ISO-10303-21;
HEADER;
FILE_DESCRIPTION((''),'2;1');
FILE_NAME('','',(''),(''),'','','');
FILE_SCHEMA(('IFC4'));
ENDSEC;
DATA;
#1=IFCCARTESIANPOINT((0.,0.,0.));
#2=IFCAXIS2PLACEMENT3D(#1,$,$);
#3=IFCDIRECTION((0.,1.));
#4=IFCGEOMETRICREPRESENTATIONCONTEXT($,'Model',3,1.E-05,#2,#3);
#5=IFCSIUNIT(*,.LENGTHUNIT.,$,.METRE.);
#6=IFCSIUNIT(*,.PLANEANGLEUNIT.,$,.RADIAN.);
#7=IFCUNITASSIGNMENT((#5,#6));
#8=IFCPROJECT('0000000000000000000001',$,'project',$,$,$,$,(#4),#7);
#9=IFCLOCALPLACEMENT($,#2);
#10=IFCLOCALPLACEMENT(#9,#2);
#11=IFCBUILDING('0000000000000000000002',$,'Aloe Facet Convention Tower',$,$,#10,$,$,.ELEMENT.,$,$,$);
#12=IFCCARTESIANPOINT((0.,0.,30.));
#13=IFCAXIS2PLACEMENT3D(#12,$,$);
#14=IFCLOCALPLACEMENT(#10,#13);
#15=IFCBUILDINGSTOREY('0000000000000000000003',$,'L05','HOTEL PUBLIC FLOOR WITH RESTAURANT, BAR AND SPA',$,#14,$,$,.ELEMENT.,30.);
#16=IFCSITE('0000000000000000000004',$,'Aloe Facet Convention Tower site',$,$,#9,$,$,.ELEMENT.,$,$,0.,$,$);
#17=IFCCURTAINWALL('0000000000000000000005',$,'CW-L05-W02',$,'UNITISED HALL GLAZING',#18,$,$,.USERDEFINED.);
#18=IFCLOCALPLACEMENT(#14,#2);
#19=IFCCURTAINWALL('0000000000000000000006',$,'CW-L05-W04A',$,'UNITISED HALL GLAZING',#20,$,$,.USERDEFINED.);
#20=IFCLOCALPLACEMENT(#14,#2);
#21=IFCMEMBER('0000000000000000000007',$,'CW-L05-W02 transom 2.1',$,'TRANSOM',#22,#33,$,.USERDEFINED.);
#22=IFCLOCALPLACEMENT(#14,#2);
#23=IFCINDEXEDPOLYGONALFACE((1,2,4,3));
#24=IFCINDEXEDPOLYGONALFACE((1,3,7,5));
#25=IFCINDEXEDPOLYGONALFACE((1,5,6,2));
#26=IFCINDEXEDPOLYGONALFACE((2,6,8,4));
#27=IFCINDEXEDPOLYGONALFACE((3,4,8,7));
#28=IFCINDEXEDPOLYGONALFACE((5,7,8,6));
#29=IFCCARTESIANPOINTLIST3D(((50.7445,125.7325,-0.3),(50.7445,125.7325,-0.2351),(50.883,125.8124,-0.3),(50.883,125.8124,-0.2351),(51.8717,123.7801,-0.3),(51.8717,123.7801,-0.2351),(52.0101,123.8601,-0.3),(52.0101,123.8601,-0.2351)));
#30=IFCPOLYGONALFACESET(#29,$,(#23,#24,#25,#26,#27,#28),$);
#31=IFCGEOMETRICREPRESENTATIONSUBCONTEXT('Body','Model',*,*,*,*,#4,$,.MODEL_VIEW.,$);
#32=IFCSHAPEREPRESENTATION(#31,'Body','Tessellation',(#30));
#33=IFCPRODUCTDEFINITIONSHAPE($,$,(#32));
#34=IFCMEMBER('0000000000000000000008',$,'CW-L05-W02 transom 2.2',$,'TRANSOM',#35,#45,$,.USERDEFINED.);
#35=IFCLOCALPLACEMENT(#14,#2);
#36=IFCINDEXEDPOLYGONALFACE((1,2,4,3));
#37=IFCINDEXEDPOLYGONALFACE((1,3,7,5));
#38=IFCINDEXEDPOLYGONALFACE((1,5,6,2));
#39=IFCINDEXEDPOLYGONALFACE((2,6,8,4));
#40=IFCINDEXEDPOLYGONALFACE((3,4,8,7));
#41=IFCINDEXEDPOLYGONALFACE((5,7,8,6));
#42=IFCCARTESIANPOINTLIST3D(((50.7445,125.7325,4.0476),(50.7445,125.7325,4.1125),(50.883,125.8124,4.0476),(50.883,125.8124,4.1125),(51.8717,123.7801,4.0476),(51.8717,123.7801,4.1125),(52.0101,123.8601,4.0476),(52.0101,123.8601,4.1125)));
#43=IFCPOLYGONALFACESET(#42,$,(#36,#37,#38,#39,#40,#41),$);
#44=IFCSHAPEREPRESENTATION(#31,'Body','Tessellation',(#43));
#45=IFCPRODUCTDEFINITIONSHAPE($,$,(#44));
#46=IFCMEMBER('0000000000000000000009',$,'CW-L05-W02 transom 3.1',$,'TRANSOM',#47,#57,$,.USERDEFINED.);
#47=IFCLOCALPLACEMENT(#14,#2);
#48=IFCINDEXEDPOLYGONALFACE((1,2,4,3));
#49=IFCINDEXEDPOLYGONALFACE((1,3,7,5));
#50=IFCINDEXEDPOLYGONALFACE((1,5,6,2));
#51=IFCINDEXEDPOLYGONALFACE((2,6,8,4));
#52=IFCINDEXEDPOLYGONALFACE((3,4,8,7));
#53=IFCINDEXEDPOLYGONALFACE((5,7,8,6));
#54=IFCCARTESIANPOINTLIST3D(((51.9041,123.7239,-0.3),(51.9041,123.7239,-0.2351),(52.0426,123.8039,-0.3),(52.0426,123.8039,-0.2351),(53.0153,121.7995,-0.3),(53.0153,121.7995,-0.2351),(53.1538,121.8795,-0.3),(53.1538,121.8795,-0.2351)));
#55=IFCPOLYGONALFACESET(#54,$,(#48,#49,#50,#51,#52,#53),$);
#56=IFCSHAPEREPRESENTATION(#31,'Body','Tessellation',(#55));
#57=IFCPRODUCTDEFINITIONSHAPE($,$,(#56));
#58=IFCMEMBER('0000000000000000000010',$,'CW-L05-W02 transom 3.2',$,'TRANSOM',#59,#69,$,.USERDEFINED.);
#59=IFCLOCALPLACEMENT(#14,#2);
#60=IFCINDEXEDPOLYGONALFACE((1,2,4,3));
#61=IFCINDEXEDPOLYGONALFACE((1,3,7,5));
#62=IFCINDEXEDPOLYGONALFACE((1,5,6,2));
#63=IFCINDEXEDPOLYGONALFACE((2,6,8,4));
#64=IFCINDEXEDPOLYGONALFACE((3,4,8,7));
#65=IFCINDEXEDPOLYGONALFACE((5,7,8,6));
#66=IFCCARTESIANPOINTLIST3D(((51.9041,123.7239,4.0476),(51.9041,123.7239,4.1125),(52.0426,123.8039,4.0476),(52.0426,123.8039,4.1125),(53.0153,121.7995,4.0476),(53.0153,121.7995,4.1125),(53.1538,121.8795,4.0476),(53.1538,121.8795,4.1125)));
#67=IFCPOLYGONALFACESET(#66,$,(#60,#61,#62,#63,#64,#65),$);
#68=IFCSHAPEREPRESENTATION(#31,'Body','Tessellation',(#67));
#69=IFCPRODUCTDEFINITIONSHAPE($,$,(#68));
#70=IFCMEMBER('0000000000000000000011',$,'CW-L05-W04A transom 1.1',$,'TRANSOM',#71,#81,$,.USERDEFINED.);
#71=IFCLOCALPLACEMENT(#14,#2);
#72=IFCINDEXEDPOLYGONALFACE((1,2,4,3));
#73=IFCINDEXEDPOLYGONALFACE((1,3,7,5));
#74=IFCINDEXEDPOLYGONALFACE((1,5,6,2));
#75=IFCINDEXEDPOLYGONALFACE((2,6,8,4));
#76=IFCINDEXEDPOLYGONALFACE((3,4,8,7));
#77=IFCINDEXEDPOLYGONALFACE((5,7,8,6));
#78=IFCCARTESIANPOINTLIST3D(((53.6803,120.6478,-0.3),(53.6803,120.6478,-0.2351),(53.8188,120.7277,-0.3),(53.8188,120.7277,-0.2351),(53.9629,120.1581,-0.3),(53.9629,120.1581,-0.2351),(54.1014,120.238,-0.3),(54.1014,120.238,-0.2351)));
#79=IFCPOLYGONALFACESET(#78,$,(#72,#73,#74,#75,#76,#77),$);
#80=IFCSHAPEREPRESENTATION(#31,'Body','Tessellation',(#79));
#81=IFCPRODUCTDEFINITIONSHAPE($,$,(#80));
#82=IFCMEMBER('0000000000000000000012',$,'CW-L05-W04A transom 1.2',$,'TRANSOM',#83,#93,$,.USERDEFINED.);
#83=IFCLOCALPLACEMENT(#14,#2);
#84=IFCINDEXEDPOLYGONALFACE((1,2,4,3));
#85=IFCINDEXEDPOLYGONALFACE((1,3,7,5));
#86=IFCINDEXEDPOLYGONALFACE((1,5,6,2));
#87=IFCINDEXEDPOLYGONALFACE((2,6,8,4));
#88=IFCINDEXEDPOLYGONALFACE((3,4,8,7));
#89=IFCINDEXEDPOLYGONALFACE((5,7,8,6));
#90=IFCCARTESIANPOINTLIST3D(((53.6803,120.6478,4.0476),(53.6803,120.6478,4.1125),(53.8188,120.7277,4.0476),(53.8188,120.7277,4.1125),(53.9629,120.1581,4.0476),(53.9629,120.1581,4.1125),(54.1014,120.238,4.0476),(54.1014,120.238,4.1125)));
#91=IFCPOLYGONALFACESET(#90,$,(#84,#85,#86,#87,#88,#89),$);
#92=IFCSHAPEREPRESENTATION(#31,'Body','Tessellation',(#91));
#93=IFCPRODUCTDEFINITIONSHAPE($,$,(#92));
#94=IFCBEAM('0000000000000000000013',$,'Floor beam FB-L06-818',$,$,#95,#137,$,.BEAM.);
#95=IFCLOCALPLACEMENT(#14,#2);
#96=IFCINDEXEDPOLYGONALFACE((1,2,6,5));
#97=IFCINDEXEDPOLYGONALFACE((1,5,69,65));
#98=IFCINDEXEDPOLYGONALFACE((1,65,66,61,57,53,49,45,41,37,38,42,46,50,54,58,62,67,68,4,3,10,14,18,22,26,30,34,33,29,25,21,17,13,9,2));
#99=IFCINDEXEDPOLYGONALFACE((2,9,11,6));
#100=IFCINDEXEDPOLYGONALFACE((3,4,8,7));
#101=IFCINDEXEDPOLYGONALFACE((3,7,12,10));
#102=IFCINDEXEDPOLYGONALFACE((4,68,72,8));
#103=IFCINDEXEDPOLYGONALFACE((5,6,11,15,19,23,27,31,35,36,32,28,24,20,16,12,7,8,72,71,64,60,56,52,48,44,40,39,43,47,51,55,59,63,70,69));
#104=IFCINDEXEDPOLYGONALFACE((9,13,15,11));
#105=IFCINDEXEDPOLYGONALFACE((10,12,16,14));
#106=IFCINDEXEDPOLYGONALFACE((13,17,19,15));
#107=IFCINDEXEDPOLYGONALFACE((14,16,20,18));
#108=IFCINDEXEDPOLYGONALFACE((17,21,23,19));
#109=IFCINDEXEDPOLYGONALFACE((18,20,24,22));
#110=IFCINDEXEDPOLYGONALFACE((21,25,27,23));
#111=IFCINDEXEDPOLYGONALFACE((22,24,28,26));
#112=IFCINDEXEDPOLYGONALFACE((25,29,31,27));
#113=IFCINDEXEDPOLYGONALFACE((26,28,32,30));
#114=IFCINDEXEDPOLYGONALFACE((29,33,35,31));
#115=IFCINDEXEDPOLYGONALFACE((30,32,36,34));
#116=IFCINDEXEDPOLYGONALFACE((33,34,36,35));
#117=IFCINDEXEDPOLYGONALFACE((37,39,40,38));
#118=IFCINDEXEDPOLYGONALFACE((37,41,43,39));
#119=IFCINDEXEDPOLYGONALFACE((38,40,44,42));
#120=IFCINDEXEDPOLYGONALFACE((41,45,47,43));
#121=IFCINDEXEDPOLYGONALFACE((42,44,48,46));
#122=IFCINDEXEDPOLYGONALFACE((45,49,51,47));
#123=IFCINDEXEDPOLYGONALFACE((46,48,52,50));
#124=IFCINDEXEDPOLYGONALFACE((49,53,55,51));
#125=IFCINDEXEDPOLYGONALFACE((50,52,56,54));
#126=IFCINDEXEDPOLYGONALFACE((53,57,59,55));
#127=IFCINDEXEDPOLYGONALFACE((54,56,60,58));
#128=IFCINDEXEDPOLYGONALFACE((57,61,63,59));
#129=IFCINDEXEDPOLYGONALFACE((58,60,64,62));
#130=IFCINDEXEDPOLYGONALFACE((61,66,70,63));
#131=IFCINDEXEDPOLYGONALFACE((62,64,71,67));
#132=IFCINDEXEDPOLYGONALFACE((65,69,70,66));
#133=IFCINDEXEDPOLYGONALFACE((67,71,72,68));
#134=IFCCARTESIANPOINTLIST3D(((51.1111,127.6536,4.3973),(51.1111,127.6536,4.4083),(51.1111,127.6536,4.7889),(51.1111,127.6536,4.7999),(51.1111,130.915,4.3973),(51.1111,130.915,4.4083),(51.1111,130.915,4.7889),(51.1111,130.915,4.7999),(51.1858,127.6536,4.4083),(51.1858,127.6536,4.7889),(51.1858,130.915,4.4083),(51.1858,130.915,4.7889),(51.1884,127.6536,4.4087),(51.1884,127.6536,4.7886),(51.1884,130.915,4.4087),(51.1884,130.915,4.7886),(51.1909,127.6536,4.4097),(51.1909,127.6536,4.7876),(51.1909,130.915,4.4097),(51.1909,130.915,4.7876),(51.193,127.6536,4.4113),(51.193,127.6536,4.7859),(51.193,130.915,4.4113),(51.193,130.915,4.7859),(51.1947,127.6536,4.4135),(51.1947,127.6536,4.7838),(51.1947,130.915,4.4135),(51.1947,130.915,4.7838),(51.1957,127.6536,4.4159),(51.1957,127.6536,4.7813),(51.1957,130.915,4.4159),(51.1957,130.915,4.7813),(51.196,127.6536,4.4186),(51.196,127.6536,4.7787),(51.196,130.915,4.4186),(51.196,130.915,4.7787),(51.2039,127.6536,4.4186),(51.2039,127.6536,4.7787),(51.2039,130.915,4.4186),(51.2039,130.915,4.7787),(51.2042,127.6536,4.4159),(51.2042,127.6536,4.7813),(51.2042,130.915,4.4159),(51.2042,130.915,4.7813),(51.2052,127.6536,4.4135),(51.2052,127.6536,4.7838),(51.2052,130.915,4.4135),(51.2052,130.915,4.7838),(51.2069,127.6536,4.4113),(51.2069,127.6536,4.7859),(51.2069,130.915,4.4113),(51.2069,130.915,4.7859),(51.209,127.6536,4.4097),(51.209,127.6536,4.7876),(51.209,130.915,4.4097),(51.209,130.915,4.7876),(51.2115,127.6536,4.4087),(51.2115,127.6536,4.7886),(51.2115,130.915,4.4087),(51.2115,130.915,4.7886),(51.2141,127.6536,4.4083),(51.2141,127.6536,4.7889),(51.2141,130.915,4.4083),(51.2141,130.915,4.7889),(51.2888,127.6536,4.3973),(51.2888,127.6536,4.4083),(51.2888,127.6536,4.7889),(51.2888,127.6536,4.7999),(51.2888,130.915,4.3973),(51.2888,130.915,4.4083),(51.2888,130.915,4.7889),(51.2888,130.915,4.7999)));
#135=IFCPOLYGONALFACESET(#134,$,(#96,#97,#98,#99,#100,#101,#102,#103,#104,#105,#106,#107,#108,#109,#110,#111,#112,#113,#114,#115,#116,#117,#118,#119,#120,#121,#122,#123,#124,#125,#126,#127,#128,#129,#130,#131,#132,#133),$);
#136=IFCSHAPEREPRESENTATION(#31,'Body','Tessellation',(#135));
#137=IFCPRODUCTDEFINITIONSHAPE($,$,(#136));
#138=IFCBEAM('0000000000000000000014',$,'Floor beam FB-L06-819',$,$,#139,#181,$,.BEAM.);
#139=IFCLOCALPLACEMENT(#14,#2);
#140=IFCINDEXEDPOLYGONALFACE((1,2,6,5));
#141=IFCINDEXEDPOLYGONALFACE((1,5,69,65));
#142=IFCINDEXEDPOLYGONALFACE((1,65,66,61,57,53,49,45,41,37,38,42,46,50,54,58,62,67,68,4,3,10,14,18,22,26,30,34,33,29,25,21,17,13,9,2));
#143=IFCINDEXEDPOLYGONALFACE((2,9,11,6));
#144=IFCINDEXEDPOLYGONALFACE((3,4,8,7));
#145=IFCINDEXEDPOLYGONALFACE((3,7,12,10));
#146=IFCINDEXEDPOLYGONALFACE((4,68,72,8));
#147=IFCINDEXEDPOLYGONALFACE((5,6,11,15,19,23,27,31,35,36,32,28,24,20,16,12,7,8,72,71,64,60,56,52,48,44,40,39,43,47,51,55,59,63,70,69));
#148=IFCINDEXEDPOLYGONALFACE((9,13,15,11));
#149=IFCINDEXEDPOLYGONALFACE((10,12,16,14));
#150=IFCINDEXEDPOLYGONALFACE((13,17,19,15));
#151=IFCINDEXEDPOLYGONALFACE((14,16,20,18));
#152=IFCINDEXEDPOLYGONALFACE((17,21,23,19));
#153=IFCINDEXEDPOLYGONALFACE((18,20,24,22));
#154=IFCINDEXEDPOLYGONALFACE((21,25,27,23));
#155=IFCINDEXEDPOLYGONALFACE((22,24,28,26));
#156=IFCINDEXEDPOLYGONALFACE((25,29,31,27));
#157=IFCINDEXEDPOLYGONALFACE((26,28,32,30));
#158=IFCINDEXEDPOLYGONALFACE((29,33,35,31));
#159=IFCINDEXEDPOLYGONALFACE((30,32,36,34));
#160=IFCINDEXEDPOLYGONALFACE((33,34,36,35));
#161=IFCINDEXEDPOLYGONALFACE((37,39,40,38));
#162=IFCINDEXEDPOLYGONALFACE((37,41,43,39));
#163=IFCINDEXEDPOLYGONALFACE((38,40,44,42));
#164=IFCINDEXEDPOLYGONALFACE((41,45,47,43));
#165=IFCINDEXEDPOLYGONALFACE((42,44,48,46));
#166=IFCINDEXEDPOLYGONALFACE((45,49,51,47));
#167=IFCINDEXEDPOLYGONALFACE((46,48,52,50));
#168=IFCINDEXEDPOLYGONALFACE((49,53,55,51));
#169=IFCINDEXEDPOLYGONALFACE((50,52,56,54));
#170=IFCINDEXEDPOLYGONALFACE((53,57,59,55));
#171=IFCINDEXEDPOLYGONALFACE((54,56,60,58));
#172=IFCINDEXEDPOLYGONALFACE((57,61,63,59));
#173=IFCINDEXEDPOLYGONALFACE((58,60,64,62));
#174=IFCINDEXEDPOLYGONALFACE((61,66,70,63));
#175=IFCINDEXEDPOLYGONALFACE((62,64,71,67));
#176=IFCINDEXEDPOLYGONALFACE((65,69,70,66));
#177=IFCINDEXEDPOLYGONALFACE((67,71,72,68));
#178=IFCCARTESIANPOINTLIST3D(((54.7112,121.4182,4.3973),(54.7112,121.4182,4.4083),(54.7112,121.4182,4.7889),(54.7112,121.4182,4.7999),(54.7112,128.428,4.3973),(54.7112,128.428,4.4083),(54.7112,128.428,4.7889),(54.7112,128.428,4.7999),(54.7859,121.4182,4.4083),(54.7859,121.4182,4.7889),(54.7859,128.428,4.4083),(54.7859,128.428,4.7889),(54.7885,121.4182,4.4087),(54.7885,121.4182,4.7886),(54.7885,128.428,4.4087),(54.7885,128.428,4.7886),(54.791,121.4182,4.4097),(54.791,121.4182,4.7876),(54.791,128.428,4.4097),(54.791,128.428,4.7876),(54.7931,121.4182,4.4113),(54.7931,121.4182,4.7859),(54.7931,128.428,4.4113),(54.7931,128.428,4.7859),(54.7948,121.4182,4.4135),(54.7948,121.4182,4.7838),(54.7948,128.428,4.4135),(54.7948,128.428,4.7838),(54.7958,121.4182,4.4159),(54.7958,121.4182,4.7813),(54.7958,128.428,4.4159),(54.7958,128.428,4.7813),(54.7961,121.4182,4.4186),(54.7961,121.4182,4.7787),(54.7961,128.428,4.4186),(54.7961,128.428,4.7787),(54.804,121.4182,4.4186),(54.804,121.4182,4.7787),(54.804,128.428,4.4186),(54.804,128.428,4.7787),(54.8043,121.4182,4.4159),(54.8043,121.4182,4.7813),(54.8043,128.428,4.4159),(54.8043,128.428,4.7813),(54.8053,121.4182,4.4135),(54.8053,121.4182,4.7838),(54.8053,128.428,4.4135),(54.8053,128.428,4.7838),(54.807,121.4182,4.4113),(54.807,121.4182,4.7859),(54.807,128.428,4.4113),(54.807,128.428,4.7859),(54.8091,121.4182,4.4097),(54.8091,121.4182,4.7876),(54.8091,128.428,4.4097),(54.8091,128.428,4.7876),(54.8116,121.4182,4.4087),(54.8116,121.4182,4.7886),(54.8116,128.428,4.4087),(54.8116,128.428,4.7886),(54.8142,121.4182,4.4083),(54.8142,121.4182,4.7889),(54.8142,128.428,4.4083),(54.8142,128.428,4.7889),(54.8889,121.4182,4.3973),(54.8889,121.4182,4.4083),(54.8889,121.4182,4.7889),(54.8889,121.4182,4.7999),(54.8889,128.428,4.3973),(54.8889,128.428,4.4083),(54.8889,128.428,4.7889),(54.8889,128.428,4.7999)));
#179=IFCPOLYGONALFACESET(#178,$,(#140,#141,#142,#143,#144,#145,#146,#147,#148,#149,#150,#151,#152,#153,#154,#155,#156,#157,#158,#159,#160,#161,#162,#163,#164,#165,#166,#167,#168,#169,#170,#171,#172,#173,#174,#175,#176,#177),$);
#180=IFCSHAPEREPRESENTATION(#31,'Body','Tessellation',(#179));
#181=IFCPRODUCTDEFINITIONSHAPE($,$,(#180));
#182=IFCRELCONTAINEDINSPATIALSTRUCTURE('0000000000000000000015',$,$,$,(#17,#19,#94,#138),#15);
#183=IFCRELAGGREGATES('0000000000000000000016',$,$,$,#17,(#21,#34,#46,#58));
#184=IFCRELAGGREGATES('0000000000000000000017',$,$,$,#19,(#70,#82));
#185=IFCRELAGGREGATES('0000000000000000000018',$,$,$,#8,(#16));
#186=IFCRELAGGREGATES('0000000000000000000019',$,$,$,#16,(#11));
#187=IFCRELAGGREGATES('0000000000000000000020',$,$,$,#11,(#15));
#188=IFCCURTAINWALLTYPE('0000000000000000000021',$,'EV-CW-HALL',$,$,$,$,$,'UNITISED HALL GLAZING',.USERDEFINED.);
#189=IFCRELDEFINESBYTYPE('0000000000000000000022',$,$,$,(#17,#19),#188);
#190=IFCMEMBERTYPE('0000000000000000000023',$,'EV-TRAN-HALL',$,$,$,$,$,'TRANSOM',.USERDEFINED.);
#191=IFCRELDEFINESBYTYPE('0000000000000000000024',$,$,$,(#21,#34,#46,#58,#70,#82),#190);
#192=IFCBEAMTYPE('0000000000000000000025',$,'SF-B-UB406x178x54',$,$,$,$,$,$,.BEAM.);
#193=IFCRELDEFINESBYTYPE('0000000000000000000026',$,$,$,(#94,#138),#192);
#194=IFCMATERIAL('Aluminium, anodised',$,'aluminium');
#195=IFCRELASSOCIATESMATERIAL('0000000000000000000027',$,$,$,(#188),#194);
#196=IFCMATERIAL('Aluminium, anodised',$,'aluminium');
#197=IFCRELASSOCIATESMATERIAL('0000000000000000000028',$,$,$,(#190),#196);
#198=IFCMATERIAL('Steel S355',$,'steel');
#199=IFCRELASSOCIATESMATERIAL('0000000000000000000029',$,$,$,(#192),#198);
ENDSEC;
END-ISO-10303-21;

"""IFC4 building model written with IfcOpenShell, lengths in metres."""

from ifc_helpers import new_model, si_unit, direction, frame, origin, origin_2d, place, context, subcontext, project, spatial, rectangle, i_section, extrude, material, material_profile, profile_set, type_object, element, aggregate, save


model = new_model("IFC4")

# Units and contexts
model_context = context("Model", 3, precision=1e-05, world=origin(), true_north=direction((0.0, 1.0)))
body_context = subcontext(model_context, "Body", "Model", "MODEL_VIEW")
ifc_project = project(units=[si_unit("LENGTHUNIT", "METRE"), si_unit("PLANEANGLEUNIT", "RADIAN")], contexts=[model_context])

# Site, building, storey
site_placement = place(None, origin())
site = spatial("IfcSite", under=ifc_project, at=site_placement, Name="Aloe Facet Convention Tower site", CompositionType="ELEMENT", RefElevation=0.0)
building_placement = place(site_placement, origin())
building = spatial("IfcBuilding", under=site, at=building_placement, Name="Aloe Facet Convention Tower", CompositionType="ELEMENT")
storey_placement = place(building_placement, frame((0.0, 0.0, 30.0)))
storey = spatial("IfcBuildingStorey", under=building, at=storey_placement, Name="L05", Description="HOTEL PUBLIC FLOOR WITH RESTAURANT, BAR AND SPA", CompositionType="ELEMENT", Elevation=30.0)

# Shared definitions
ifc_material_1 = material(Name="Aluminium, anodised", Category="aluminium")
curtain_wall_type = type_object("IfcCurtainWallType", Name="EV-CW-HALL", ElementType="UNITISED HALL GLAZING", PredefinedType="USERDEFINED", material=ifc_material_1)

# Curtain walls
curtain_wall_1_placement = place(storey_placement, origin())
curtain_wall_1 = element("IfcCurtainWall", 1, at=curtain_wall_1_placement, inside=storey, type_object=curtain_wall_type, Name="CW-L05-W02", ObjectType="UNITISED HALL GLAZING", PredefinedType="USERDEFINED")
curtain_wall_2_placement = place(storey_placement, origin())
curtain_wall_2 = element("IfcCurtainWall", 2, at=curtain_wall_2_placement, inside=storey, type_object=curtain_wall_type, Name="CW-L05-W04A", ObjectType="UNITISED HALL GLAZING", PredefinedType="USERDEFINED")

# Members
ifc_material_2 = material(Name="Aluminium, anodised", Category="aluminium")
ifc_material_profile_1 = material_profile(ifc_material_2, rectangle(XDim=0.1599, YDim=0.0649, at=origin_2d()), Name="AL 160x65")
ifc_profile_set_1 = profile_set([ifc_material_profile_1], Name="Aluminium, anodised")
member_type_1 = type_object("IfcMemberType", Name="EV-TRAN-HALL", ElementType="TRANSOM", PredefinedType="USERDEFINED", material=ifc_profile_set_1)
member_1_placement = place(storey_placement, frame((50.8137, 125.7725, -0.2676), z_axis=(0.499994, -0.866029, 0.0), x_axis=(0.866029, 0.499994, 0.0)))
member_1 = element("IfcMember", 3, at=member_1_placement, type_object=member_type_1, Name="CW-L05-W02 transom 2.1", ObjectType="TRANSOM", PredefinedType="USERDEFINED", context=body_context, shape_type="SweptSolid", body=[
    extrude(rectangle(XDim=0.1599, YDim=0.0649, at=origin_2d()), origin(), (0.0, 0.0, 1.0), 2.2544),
])
member_2_placement = place(storey_placement, frame((50.8137, 125.7725, 4.0801), z_axis=(0.499994, -0.866029, 0.0), x_axis=(0.866029, 0.499994, 0.0)))
member_2 = element("IfcMember", 4, at=member_2_placement, type_object=member_type_1, Name="CW-L05-W02 transom 2.2", ObjectType="TRANSOM", PredefinedType="USERDEFINED", context=body_context, shape_type="SweptSolid", body=[
    extrude(rectangle(XDim=0.1599, YDim=0.0649, at=origin_2d()), origin(), (0.0, 0.0, 1.0), 2.2544),
])
member_3_placement = place(storey_placement, frame((51.9734, 123.7639, -0.2676), z_axis=(0.500027, -0.86601, 0.0), x_axis=(0.86601, 0.500027, 0.0)))
member_3 = element("IfcMember", 5, at=member_3_placement, type_object=member_type_1, Name="CW-L05-W02 transom 3.1", ObjectType="TRANSOM", PredefinedType="USERDEFINED", context=body_context, shape_type="SweptSolid", body=[
    extrude(rectangle(XDim=0.1599, YDim=0.0649, at=origin_2d()), origin(), (0.0, 0.0, 1.0), 2.2222),
])
member_4_placement = place(storey_placement, frame((51.9734, 123.7639, 4.0801), z_axis=(0.500027, -0.86601, 0.0), x_axis=(0.86601, 0.500027, 0.0)))
member_4 = element("IfcMember", 6, at=member_4_placement, type_object=member_type_1, Name="CW-L05-W02 transom 3.2", ObjectType="TRANSOM", PredefinedType="USERDEFINED", context=body_context, shape_type="SweptSolid", body=[
    extrude(rectangle(XDim=0.1599, YDim=0.0649, at=origin_2d()), origin(), (0.0, 0.0, 1.0), 2.2222),
])
member_5_placement = place(storey_placement, frame((53.7495, 120.6877, -0.2676), z_axis=(0.499947, -0.866056, 0.0), x_axis=(0.866056, 0.499947, 0.0)))
member_5 = element("IfcMember", 7, at=member_5_placement, type_object=member_type_1, Name="CW-L05-W04A transom 1.1", ObjectType="TRANSOM", PredefinedType="USERDEFINED", context=body_context, shape_type="SweptSolid", body=[
    extrude(rectangle(XDim=0.1599, YDim=0.0649, at=origin_2d()), origin(), (0.0, 0.0, 1.0), 0.5654),
])
member_6_placement = place(storey_placement, frame((53.7495, 120.6877, 4.0801), z_axis=(0.499947, -0.866056, 0.0), x_axis=(0.866056, 0.499947, 0.0)))
member_6 = element("IfcMember", 8, at=member_6_placement, type_object=member_type_1, Name="CW-L05-W04A transom 1.2", ObjectType="TRANSOM", PredefinedType="USERDEFINED", context=body_context, shape_type="SweptSolid", body=[
    extrude(rectangle(XDim=0.1599, YDim=0.0649, at=origin_2d()), origin(), (0.0, 0.0, 1.0), 0.5654),
])

# Beams
ifc_material_3 = material(Name="Steel S355", Category="steel")
ifc_material_profile_2 = material_profile(ifc_material_3, i_section(OverallWidth=0.1777, OverallDepth=0.4026, WebThickness=0.0078, FlangeThickness=0.011, FilletRadius=0.0103, at=origin_2d()), Name="UB 406x178x54")
ifc_profile_set_2 = profile_set([ifc_material_profile_2], Name="Steel S355")
beam_type_1 = type_object("IfcBeamType", Name="SF-B-UB406x178x54", PredefinedType="BEAM", material=ifc_profile_set_2)
beam_1_placement = place(storey_placement, frame((51.2, 127.6536, 4.5986), z_axis=(0.0, 1.0, 0.0), x_axis=(-1.0, 0.0, 0.0)))
element("IfcBeam", 9, at=beam_1_placement, inside=storey, type_object=beam_type_1, Name="Floor beam FB-L06-818", PredefinedType="BEAM", context=body_context, shape_type="SweptSolid", body=[
    extrude(i_section(OverallWidth=0.1777, OverallDepth=0.4026, WebThickness=0.0078, FlangeThickness=0.011, FilletRadius=0.0103, at=origin_2d()), origin(), (0.0, 0.0, 1.0), 3.2615),
])
beam_2_placement = place(storey_placement, frame((54.8, 121.4182, 4.5986), z_axis=(0.0, 1.0, 0.0), x_axis=(-1.0, 0.0, 0.0)))
element("IfcBeam", 10, at=beam_2_placement, inside=storey, type_object=beam_type_1, Name="Floor beam FB-L06-819", PredefinedType="BEAM", context=body_context, shape_type="SweptSolid", body=[
    extrude(i_section(OverallWidth=0.1777, OverallDepth=0.4026, WebThickness=0.0078, FlangeThickness=0.011, FilletRadius=0.0103, at=origin_2d()), origin(), (0.0, 0.0, 1.0), 7.0098),
])

aggregate(curtain_wall_1, [member_1, member_2, member_3, member_4])
aggregate(curtain_wall_2, [member_5, member_6])

save(model, "model.ifc")
